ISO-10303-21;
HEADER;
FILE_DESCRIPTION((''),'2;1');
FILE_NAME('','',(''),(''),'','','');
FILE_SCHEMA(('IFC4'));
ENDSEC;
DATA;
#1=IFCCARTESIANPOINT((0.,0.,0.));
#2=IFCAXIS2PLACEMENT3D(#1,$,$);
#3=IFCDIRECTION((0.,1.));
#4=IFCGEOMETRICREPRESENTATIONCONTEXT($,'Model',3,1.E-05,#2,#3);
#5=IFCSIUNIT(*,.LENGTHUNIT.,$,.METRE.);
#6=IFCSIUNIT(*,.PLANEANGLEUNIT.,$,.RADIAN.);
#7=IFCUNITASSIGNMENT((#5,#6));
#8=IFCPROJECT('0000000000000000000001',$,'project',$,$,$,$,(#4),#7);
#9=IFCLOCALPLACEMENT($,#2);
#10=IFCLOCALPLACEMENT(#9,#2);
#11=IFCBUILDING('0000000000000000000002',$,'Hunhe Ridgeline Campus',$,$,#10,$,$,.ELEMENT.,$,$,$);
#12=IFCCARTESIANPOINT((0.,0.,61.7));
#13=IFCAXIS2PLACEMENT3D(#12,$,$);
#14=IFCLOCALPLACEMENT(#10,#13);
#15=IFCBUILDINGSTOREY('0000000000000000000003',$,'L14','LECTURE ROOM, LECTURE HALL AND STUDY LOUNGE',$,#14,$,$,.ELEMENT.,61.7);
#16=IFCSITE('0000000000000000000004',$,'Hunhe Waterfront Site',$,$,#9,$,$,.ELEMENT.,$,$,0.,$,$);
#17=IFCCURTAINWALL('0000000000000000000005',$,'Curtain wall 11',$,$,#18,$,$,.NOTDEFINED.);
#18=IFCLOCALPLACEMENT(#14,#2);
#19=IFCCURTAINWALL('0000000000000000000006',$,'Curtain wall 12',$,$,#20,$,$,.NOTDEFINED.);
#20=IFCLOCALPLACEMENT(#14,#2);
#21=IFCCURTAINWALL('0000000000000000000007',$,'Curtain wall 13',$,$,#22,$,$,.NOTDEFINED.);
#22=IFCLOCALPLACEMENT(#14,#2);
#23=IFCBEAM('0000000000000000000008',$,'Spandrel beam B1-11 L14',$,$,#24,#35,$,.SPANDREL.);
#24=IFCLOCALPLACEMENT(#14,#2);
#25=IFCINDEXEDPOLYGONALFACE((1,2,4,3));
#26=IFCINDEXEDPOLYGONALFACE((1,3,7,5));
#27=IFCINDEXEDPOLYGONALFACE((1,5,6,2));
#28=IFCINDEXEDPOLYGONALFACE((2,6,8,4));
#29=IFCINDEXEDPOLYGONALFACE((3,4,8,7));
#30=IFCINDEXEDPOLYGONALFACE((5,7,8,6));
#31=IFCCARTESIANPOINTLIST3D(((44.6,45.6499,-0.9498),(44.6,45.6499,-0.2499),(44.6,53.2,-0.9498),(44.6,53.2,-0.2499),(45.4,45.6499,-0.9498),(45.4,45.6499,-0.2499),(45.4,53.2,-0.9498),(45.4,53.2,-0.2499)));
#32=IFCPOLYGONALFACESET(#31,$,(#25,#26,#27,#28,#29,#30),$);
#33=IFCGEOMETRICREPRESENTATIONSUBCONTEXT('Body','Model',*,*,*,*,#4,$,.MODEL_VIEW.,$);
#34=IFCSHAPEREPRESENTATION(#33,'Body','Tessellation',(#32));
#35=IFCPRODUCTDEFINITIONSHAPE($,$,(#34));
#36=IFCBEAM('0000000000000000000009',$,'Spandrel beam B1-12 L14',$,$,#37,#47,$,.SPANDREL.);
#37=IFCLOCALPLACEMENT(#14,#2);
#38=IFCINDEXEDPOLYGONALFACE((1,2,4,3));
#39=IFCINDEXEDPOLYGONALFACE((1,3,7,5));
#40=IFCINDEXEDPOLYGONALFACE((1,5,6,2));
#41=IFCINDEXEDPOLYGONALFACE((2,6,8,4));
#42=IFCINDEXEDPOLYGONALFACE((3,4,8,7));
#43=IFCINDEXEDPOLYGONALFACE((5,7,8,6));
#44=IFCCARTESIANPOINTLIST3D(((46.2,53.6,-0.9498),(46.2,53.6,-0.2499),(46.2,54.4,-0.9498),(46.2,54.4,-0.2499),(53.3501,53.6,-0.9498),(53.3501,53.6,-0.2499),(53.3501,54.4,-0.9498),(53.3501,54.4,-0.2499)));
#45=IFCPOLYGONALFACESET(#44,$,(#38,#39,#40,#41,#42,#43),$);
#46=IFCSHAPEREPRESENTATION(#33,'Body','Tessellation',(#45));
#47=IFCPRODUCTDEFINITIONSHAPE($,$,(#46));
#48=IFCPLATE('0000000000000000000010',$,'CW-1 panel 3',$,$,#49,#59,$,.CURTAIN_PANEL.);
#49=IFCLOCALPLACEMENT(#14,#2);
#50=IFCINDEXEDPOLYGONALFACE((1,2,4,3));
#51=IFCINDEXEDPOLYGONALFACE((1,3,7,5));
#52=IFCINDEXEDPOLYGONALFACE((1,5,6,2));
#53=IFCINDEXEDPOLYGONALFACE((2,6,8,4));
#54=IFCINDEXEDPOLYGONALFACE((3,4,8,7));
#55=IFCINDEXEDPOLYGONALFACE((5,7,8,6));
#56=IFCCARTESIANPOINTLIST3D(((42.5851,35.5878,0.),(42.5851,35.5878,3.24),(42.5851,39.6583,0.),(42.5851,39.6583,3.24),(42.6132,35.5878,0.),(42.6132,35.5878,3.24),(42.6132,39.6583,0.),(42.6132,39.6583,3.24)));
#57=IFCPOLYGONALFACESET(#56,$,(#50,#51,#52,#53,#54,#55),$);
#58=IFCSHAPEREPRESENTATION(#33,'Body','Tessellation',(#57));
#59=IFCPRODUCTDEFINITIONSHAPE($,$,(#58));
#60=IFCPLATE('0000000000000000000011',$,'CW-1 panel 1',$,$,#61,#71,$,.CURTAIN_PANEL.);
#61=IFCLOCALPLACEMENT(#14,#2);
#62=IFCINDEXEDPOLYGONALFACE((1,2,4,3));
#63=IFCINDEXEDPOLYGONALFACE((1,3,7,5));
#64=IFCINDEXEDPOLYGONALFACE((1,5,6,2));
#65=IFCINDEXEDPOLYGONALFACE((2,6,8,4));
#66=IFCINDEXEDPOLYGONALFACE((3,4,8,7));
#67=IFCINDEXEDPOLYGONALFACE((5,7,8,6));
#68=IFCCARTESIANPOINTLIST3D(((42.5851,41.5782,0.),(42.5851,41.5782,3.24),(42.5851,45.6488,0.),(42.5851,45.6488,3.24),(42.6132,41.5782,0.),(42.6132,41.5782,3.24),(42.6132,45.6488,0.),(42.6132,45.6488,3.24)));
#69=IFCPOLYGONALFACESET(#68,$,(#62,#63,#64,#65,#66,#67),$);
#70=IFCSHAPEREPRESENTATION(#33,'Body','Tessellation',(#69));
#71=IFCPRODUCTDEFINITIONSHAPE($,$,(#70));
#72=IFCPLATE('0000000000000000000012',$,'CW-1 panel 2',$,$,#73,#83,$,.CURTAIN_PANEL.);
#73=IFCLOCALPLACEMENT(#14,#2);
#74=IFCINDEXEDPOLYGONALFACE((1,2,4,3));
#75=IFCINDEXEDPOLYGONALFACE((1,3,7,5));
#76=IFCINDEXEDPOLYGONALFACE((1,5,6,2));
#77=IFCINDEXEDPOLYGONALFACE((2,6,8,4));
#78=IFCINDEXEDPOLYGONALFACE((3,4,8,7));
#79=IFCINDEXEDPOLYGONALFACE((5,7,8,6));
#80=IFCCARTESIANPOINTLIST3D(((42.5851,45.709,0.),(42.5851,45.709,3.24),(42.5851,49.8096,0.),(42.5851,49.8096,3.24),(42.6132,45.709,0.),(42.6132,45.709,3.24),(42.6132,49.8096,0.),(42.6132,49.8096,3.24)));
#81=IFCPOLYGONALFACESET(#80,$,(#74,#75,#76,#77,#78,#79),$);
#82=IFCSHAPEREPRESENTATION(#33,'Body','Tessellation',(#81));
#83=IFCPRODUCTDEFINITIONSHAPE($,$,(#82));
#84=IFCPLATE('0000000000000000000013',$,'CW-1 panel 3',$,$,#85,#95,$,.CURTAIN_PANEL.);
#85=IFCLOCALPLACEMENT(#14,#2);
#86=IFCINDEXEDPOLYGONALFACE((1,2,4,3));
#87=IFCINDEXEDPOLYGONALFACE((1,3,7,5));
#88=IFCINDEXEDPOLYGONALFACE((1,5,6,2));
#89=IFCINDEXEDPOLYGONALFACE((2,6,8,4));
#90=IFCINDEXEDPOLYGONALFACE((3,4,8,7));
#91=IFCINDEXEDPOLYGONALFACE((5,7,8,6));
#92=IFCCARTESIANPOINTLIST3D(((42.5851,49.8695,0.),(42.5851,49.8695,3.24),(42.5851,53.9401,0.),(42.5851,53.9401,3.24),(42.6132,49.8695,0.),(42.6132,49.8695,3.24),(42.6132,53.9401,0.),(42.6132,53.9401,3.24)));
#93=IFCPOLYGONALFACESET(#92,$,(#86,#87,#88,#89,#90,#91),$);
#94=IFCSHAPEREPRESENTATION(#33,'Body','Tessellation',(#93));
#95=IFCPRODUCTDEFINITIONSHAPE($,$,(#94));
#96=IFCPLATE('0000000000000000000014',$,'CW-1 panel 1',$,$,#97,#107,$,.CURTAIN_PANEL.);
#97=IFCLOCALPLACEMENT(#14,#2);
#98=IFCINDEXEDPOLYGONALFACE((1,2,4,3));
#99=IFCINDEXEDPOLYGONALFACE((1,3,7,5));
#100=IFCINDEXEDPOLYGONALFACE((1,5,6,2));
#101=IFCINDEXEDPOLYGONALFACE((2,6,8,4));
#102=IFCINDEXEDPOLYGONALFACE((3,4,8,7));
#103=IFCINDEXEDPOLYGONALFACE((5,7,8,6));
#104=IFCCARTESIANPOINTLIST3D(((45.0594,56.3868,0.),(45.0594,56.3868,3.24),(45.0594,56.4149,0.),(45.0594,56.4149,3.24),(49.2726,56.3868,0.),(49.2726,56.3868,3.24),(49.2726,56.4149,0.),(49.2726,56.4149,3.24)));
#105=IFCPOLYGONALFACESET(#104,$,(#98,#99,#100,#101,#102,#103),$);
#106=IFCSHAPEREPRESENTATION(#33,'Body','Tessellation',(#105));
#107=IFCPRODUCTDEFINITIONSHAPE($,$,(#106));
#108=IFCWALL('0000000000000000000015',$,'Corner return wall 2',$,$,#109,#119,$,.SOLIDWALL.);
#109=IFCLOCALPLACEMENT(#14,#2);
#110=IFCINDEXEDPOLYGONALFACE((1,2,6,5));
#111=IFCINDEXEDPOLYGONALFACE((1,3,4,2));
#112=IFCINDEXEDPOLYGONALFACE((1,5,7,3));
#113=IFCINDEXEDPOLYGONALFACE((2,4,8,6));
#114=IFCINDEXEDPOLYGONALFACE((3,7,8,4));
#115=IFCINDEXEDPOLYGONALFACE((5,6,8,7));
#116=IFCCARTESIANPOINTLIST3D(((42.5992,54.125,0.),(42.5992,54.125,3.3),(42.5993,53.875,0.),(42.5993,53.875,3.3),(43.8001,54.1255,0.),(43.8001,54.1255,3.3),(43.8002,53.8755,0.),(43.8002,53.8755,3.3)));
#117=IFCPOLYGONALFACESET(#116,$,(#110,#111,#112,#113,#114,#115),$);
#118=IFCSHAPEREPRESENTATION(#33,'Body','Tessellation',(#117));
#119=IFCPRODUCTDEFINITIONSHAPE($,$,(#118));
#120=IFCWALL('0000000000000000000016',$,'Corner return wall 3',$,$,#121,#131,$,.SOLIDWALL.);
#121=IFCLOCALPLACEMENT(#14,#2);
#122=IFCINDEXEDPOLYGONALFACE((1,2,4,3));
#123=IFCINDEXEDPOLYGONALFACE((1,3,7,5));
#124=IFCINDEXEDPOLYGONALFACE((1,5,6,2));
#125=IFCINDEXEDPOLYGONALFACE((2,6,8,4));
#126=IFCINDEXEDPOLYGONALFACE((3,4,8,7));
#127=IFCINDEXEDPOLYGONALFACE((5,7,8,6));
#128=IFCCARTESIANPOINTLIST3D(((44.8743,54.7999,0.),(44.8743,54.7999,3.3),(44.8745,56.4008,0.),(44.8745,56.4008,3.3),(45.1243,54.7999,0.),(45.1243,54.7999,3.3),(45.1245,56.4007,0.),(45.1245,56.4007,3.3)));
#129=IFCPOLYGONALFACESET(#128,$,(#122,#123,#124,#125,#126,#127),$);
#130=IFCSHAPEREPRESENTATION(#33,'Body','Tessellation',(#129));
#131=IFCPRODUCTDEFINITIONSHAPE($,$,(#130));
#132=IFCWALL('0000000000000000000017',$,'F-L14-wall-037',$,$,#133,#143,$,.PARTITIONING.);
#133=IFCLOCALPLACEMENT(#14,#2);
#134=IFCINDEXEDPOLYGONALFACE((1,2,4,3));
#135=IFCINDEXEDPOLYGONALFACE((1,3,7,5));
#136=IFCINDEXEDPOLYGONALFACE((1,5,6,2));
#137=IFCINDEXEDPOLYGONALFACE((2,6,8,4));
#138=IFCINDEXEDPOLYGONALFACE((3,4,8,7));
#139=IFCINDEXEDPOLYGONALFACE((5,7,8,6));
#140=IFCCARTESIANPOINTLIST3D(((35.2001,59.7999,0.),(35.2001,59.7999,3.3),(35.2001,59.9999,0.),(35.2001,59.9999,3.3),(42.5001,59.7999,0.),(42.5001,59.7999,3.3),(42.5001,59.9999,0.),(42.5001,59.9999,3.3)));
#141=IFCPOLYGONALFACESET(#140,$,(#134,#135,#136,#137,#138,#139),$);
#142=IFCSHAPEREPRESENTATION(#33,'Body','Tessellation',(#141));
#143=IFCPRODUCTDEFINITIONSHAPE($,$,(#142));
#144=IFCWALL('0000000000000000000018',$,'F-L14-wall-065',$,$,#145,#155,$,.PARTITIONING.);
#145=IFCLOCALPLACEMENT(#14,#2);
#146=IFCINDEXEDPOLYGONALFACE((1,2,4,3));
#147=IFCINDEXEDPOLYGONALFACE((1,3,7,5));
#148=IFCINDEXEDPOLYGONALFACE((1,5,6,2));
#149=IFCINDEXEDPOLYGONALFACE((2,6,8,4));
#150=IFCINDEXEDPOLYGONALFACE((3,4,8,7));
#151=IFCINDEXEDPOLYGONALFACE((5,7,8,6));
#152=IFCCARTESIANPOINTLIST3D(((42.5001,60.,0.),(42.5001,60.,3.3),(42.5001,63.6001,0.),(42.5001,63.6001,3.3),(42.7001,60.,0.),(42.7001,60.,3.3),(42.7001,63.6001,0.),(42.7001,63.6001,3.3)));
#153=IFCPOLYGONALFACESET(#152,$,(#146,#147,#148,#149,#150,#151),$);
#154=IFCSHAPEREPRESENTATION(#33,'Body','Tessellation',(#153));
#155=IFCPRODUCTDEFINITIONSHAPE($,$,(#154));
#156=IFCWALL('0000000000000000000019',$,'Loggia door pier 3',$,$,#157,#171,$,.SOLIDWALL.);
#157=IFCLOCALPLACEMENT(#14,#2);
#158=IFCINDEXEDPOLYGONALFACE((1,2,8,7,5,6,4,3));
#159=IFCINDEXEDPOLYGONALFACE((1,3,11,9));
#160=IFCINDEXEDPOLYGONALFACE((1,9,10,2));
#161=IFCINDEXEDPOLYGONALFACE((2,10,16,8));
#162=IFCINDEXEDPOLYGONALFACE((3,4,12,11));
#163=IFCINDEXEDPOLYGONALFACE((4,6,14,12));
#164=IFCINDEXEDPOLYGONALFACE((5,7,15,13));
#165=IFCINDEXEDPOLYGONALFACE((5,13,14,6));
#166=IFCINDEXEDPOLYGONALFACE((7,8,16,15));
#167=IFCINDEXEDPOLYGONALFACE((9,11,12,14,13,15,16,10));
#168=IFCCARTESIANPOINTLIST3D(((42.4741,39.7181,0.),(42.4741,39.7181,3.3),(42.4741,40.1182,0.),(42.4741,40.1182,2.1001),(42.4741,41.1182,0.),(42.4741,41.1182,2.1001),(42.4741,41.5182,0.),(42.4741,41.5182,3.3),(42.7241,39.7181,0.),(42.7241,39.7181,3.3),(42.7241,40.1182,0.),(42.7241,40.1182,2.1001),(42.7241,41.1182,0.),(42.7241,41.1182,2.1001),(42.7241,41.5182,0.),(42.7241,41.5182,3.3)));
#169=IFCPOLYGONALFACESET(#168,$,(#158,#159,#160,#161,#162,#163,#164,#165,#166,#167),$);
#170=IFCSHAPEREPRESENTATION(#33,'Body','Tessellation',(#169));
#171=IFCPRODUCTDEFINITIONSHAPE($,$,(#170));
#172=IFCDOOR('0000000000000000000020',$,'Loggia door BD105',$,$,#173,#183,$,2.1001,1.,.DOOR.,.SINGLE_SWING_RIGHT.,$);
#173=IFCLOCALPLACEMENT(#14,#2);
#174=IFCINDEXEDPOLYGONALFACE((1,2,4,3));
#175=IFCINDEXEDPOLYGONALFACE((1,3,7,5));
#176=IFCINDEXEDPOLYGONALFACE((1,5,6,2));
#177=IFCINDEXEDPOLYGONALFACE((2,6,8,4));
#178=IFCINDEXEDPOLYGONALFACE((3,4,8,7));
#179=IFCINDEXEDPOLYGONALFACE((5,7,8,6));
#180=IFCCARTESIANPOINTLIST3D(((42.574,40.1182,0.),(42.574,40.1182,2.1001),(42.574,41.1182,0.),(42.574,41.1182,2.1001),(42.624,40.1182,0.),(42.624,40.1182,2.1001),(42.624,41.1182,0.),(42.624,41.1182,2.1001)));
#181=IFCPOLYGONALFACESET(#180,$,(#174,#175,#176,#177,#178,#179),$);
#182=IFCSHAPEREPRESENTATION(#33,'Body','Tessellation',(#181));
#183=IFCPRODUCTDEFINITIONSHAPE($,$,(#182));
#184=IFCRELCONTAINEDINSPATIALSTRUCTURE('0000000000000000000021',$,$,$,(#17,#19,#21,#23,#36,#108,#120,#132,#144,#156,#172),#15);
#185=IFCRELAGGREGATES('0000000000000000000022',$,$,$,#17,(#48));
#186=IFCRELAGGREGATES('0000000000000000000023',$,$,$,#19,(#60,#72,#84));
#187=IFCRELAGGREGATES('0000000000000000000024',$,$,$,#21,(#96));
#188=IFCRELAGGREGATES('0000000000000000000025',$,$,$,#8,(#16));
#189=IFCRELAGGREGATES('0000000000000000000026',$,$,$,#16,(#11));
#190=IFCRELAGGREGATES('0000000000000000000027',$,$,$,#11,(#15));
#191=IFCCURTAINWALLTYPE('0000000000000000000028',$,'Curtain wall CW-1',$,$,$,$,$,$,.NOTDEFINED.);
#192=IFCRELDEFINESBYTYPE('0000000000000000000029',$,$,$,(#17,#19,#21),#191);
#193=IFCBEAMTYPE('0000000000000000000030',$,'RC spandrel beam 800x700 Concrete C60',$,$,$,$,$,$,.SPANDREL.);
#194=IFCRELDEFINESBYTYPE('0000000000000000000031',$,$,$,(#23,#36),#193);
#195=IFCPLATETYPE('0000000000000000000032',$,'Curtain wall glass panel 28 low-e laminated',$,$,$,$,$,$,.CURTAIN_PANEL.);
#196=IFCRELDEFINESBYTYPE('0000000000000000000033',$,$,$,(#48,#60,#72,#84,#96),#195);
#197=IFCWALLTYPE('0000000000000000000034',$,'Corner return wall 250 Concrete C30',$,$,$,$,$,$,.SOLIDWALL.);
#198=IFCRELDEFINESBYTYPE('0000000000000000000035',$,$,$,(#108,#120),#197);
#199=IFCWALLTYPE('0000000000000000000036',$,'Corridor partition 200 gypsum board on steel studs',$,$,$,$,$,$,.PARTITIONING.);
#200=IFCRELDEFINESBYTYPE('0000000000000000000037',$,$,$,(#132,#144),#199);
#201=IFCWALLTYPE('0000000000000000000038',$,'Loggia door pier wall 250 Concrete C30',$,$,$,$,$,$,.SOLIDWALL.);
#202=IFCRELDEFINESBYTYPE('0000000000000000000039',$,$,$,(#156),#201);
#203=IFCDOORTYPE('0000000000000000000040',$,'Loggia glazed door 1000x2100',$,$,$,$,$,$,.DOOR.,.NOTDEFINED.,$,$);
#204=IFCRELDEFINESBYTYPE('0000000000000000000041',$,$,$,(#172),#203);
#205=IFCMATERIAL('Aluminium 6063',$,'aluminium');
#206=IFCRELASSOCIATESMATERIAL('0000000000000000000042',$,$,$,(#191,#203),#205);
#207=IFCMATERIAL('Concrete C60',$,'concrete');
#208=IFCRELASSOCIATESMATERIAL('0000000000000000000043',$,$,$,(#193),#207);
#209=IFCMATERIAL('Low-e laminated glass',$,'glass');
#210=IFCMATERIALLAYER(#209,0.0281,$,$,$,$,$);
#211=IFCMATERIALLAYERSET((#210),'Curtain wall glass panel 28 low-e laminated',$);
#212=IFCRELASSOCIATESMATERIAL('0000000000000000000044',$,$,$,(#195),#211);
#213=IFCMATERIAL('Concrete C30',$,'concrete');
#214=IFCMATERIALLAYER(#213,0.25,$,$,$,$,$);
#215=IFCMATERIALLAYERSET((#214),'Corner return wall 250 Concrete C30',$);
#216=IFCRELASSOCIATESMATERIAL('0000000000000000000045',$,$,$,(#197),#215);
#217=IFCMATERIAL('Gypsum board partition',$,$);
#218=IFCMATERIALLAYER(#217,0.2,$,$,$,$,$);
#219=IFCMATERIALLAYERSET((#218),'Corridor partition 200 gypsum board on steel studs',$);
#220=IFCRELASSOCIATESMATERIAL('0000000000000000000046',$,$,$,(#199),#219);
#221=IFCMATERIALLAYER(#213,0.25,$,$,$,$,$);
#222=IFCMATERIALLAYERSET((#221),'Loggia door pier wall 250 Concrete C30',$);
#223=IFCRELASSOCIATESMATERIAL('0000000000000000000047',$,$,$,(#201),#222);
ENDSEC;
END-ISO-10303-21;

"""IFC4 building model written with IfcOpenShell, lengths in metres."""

from ifc_helpers import new_model, si_unit, direction, frame, frame_2d, origin, origin_2d, place, context, subcontext, project, spatial, rectangle, extrude, material, layer, layer_set, material_profile, profile_set, type_object, element, fill, aggregate, save


model = new_model("IFC4")

# Units and contexts
model_context = context("Model", 3, precision=1e-05, world=origin(), true_north=direction((0.0, 1.0)))
body_context = subcontext(model_context, "Body", "Model", "MODEL_VIEW")
ifc_project = project(units=[si_unit("LENGTHUNIT", "METRE"), si_unit("PLANEANGLEUNIT", "RADIAN")], contexts=[model_context])

# Site, building, storey
site_placement = place(None, origin())
site = spatial("IfcSite", under=ifc_project, at=site_placement, Name="Hunhe Waterfront Site", CompositionType="ELEMENT", RefElevation=0.0)
building_placement = place(site_placement, origin())
building = spatial("IfcBuilding", under=site, at=building_placement, Name="Hunhe Ridgeline Campus", CompositionType="ELEMENT")
storey_placement = place(building_placement, frame((0.0, 0.0, 61.7)))
storey = spatial("IfcBuildingStorey", under=building, at=storey_placement, Name="L14", Description="LECTURE ROOM, LECTURE HALL AND STUDY LOUNGE", CompositionType="ELEMENT", Elevation=61.7)

# Curtain wall
ifc_material_1 = material(Name="Aluminium 6063", Category="aluminium")
curtain_wall_type = type_object("IfcCurtainWallType", Name="Curtain wall CW-1", PredefinedType="NOTDEFINED", material=ifc_material_1)
curtain_wall_1_placement = place(storey_placement, origin())
curtain_wall_1 = element("IfcCurtainWall", 1, at=curtain_wall_1_placement, inside=storey, type_object=curtain_wall_type, Name="Curtain wall 11", PredefinedType="NOTDEFINED")

# Curtain wall
curtain_wall_2_placement = place(storey_placement, origin())
curtain_wall_2 = element("IfcCurtainWall", 2, at=curtain_wall_2_placement, inside=storey, type_object=curtain_wall_type, Name="Curtain wall 12", PredefinedType="NOTDEFINED")

# Curtain wall
curtain_wall_3_placement = place(storey_placement, origin())
curtain_wall_3 = element("IfcCurtainWall", 3, at=curtain_wall_3_placement, inside=storey, type_object=curtain_wall_type, Name="Curtain wall 13", PredefinedType="NOTDEFINED")

# Beams
ifc_material_2 = material(Name="Concrete C60", Category="concrete")
ifc_material_profile_1 = material_profile(ifc_material_2, rectangle(XDim=0.8, YDim=0.7, at=origin_2d()))
ifc_profile_set_1 = profile_set([ifc_material_profile_1], Name="Concrete C60")
beam_type = type_object("IfcBeamType", Name="RC spandrel beam 800x700 Concrete C60", PredefinedType="SPANDREL", material=ifc_profile_set_1)
beam_1_placement = place(storey_placement, frame((45.0, 45.6499, -0.5999), z_axis=(0.0, 1.0, 0.0), x_axis=(-1.0, 0.0, 0.0)))
element("IfcBeam", 4, at=beam_1_placement, inside=storey, type_object=beam_type, Name="Spandrel beam B1-11 L14", PredefinedType="SPANDREL", context=body_context, shape_type="SweptSolid", body=[
    extrude(rectangle(XDim=0.8, YDim=0.7, at=origin_2d()), origin(), (0.0, 0.0, 1.0), 7.55),
])
beam_2_placement = place(storey_placement, frame((46.2, 54.0, -0.5999), z_axis=(1.0, 0.0, 0.0), x_axis=(0.0, 1.0, 0.0)))
element("IfcBeam", 5, at=beam_2_placement, inside=storey, type_object=beam_type, Name="Spandrel beam B1-12 L14", PredefinedType="SPANDREL", context=body_context, shape_type="SweptSolid", body=[
    extrude(rectangle(XDim=0.8, YDim=0.7, at=origin_2d()), origin(), (0.0, 0.0, 1.0), 7.1501),
])

# Plates
ifc_material_3 = material(Name="Low-e laminated glass", Category="glass")
ifc_layer_1 = layer(ifc_material_3, 0.0281)
ifc_layer_set_1 = layer_set([ifc_layer_1], Name="Curtain wall glass panel 28 low-e laminated")
plate_type = type_object("IfcPlateType", Name="Curtain wall glass panel 28 low-e laminated", PredefinedType="CURTAIN_PANEL", material=ifc_layer_set_1)
plate_1_placement = place(storey_placement, frame((42.5991, 37.623, 0.0), z_axis=(0.0, 0.0, 1.0), x_axis=(0.0, 1.0, 0.0)))
plate_1 = element("IfcPlate", 6, at=plate_1_placement, type_object=plate_type, Name="CW-1 panel 3", PredefinedType="CURTAIN_PANEL", context=body_context, shape_type="SweptSolid", body=[
    extrude(rectangle(XDim=4.0706, YDim=0.0281, at=origin_2d()), origin(), (0.0, 0.0, 1.0), 3.24),
])
aggregate(curtain_wall_1, [plate_1])
plate_2_placement = place(storey_placement, frame((42.5991, 43.6135, 0.0), z_axis=(0.0, 0.0, 1.0), x_axis=(0.0, 1.0, 0.0)))
plate_2 = element("IfcPlate", 7, at=plate_2_placement, type_object=plate_type, Name="CW-1 panel 1", PredefinedType="CURTAIN_PANEL", context=body_context, shape_type="SweptSolid", body=[
    extrude(rectangle(XDim=4.0706, YDim=0.0281, at=origin_2d()), origin(), (0.0, 0.0, 1.0), 3.24),
])
plate_3_placement = place(storey_placement, frame((42.5991, 47.7593, 0.0), z_axis=(0.0, 0.0, 1.0), x_axis=(0.0, 1.0, 0.0)))
plate_3 = element("IfcPlate", 8, at=plate_3_placement, type_object=plate_type, Name="CW-1 panel 2", PredefinedType="CURTAIN_PANEL", context=body_context, shape_type="SweptSolid", body=[
    extrude(rectangle(XDim=4.1006, YDim=0.0281, at=origin_2d()), origin(), (0.0, 0.0, 1.0), 3.24),
])
plate_4_placement = place(storey_placement, frame((42.5991, 51.9048, 0.0), z_axis=(0.0, 0.0, 1.0), x_axis=(0.0, 1.0, 0.0)))
plate_4 = element("IfcPlate", 9, at=plate_4_placement, type_object=plate_type, Name="CW-1 panel 3", PredefinedType="CURTAIN_PANEL", context=body_context, shape_type="SweptSolid", body=[
    extrude(rectangle(XDim=4.0706, YDim=0.0281, at=origin_2d()), origin(), (0.0, 0.0, 1.0), 3.24),
])
aggregate(curtain_wall_2, [plate_2, plate_3, plate_4])
plate_5_placement = place(storey_placement, frame((47.166, 56.4009, 0.0), z_axis=(0.0, 0.0, 1.0), x_axis=(1.0, 0.000004, 0.0)))
plate_5 = element("IfcPlate", 10, at=plate_5_placement, type_object=plate_type, Name="CW-1 panel 1", PredefinedType="CURTAIN_PANEL", context=body_context, shape_type="SweptSolid", body=[
    extrude(rectangle(XDim=4.2131, YDim=0.0281, at=origin_2d()), origin(), (0.0, 0.0, 1.0), 3.24),
])
aggregate(curtain_wall_3, [plate_5])

# Walls
ifc_material_4 = material(Name="Concrete C30", Category="concrete")
ifc_layer_2 = layer(ifc_material_4, 0.25)
ifc_layer_set_2 = layer_set([ifc_layer_2], Name="Corner return wall 250 Concrete C30")
wall_type_1 = type_object("IfcWallType", Name="Corner return wall 250 Concrete C30", PredefinedType="SOLIDWALL", material=ifc_layer_set_2)
wall_1_placement = place(storey_placement, frame((42.5991, 54.0, 0.0), z_axis=(0.0, 0.0, 1.0), x_axis=(1.0, 0.000407, 0.0)))
element("IfcWall", 11, at=wall_1_placement, inside=storey, type_object=wall_type_1, Name="Corner return wall 2", PredefinedType="SOLIDWALL", context=body_context, shape_type="SweptSolid", body=[
    extrude(rectangle(XDim=1.2009, YDim=0.25, at=frame_2d((0.6006, 0.0))), origin(), (0.0, 0.0, 1.0), 3.3),
])
wall_2_placement = place(storey_placement, frame((44.9993, 54.8, 0.0), z_axis=(0.0, 0.0, 1.0), x_axis=(0.000153, 1.0, 0.0)))
element("IfcWall", 12, at=wall_2_placement, inside=storey, type_object=wall_type_1, Name="Corner return wall 3", PredefinedType="SOLIDWALL", context=body_context, shape_type="SweptSolid", body=[
    extrude(rectangle(XDim=1.6008, YDim=0.25, at=frame_2d((0.8003, 0.0))), origin(), (0.0, 0.0, 1.0), 3.3),
])
ifc_material_5 = material(Name="Gypsum board partition")
ifc_layer_3 = layer(ifc_material_5, 0.2)
ifc_layer_set_3 = layer_set([ifc_layer_3], Name="Corridor partition 200 gypsum board on steel studs")
wall_type_2 = type_object("IfcWallType", Name="Corridor partition 200 gypsum board on steel studs", PredefinedType="PARTITIONING", material=ifc_layer_set_3)
wall_3_placement = place(storey_placement, frame((42.5, 59.8999, 0.0), z_axis=(0.0, 0.0, 1.0), x_axis=(-1.0, 0.0, 0.0)))
element("IfcWall", 13, at=wall_3_placement, inside=storey, type_object=wall_type_2, Name="F-L14-wall-037", PredefinedType="PARTITIONING", context=body_context, shape_type="SweptSolid", body=[
    extrude(rectangle(XDim=7.3, YDim=0.2, at=frame_2d((3.6499, 0.0))), origin(), (0.0, 0.0, 1.0), 3.3),
])
wall_4_placement = place(storey_placement, frame((42.6001, 63.6001, 0.0), z_axis=(0.0, 0.0, 1.0), x_axis=(0.0, -1.0, 0.0)))
element("IfcWall", 14, at=wall_4_placement, inside=storey, type_object=wall_type_2, Name="F-L14-wall-065", PredefinedType="PARTITIONING", context=body_context, shape_type="SweptSolid", body=[
    extrude(rectangle(XDim=3.6001, YDim=0.2, at=frame_2d((1.8, 0.0))), origin(), (0.0, 0.0, 1.0), 3.3),
])

# Wall, opening, door
ifc_layer_4 = layer(ifc_material_4, 0.25)
ifc_layer_set_4 = layer_set([ifc_layer_4], Name="Loggia door pier wall 250 Concrete C30")
wall_type_3 = type_object("IfcWallType", Name="Loggia door pier wall 250 Concrete C30", PredefinedType="SOLIDWALL", material=ifc_layer_set_4)
wall_5_placement = place(storey_placement, frame((42.5991, 39.7183, 0.0), z_axis=(0.0, 0.0, 1.0), x_axis=(0.0, 1.0, 0.0)))
wall_5 = element("IfcWall", 15, at=wall_5_placement, inside=storey, type_object=wall_type_3, Name="Loggia door pier 3", PredefinedType="SOLIDWALL", context=body_context, shape_type="SweptSolid", body=[
    extrude(rectangle(XDim=1.8, YDim=0.25, at=frame_2d((0.8999, 0.0))), origin(), (0.0, 0.0, 1.0), 3.3),
])
opening_placement = place(wall_5_placement, frame((0.3999, 0.0, 0.0)))
opening = element("IfcOpeningElement", 16, at=opening_placement, cuts=wall_5, PredefinedType="OPENING", context=body_context, shape_type="SweptSolid", body=[
    extrude(rectangle(XDim=1.0, YDim=2.1001, at=frame_2d((0.5, 1.05))), frame((0.0, 0.125, 0.0), z_axis=(0.0, -1.0, 0.0), x_axis=(1.0, 0.0, 0.0)), (0.0, 0.0, 1.0), 0.25),
])
door_type = type_object("IfcDoorType", Name="Loggia glazed door 1000x2100", OperationType="NOTDEFINED", PredefinedType="DOOR", material=ifc_material_1)
door_placement = place(opening_placement, frame((1.0, 0.0, 0.0), z_axis=(0.0, 0.0, 1.0), x_axis=(-1.0, 0.0, 0.0)))
door = element("IfcDoor", 17, at=door_placement, inside=storey, type_object=door_type, Name="Loggia door BD105", OperationType="SINGLE_SWING_RIGHT", OverallHeight=2.1001, OverallWidth=1.0, PredefinedType="DOOR", context=body_context, shape_type="SweptSolid", body=[
    extrude(rectangle(XDim=1.0, YDim=2.1001, at=frame_2d((0.5, 1.05))), frame((0.0, 0.0249, 0.0), z_axis=(0.0, -1.0, 0.0), x_axis=(1.0, 0.0, 0.0)), (0.0, 0.0, 1.0), 0.05),
])
fill(opening, door)

save(model, "model.ifc")
